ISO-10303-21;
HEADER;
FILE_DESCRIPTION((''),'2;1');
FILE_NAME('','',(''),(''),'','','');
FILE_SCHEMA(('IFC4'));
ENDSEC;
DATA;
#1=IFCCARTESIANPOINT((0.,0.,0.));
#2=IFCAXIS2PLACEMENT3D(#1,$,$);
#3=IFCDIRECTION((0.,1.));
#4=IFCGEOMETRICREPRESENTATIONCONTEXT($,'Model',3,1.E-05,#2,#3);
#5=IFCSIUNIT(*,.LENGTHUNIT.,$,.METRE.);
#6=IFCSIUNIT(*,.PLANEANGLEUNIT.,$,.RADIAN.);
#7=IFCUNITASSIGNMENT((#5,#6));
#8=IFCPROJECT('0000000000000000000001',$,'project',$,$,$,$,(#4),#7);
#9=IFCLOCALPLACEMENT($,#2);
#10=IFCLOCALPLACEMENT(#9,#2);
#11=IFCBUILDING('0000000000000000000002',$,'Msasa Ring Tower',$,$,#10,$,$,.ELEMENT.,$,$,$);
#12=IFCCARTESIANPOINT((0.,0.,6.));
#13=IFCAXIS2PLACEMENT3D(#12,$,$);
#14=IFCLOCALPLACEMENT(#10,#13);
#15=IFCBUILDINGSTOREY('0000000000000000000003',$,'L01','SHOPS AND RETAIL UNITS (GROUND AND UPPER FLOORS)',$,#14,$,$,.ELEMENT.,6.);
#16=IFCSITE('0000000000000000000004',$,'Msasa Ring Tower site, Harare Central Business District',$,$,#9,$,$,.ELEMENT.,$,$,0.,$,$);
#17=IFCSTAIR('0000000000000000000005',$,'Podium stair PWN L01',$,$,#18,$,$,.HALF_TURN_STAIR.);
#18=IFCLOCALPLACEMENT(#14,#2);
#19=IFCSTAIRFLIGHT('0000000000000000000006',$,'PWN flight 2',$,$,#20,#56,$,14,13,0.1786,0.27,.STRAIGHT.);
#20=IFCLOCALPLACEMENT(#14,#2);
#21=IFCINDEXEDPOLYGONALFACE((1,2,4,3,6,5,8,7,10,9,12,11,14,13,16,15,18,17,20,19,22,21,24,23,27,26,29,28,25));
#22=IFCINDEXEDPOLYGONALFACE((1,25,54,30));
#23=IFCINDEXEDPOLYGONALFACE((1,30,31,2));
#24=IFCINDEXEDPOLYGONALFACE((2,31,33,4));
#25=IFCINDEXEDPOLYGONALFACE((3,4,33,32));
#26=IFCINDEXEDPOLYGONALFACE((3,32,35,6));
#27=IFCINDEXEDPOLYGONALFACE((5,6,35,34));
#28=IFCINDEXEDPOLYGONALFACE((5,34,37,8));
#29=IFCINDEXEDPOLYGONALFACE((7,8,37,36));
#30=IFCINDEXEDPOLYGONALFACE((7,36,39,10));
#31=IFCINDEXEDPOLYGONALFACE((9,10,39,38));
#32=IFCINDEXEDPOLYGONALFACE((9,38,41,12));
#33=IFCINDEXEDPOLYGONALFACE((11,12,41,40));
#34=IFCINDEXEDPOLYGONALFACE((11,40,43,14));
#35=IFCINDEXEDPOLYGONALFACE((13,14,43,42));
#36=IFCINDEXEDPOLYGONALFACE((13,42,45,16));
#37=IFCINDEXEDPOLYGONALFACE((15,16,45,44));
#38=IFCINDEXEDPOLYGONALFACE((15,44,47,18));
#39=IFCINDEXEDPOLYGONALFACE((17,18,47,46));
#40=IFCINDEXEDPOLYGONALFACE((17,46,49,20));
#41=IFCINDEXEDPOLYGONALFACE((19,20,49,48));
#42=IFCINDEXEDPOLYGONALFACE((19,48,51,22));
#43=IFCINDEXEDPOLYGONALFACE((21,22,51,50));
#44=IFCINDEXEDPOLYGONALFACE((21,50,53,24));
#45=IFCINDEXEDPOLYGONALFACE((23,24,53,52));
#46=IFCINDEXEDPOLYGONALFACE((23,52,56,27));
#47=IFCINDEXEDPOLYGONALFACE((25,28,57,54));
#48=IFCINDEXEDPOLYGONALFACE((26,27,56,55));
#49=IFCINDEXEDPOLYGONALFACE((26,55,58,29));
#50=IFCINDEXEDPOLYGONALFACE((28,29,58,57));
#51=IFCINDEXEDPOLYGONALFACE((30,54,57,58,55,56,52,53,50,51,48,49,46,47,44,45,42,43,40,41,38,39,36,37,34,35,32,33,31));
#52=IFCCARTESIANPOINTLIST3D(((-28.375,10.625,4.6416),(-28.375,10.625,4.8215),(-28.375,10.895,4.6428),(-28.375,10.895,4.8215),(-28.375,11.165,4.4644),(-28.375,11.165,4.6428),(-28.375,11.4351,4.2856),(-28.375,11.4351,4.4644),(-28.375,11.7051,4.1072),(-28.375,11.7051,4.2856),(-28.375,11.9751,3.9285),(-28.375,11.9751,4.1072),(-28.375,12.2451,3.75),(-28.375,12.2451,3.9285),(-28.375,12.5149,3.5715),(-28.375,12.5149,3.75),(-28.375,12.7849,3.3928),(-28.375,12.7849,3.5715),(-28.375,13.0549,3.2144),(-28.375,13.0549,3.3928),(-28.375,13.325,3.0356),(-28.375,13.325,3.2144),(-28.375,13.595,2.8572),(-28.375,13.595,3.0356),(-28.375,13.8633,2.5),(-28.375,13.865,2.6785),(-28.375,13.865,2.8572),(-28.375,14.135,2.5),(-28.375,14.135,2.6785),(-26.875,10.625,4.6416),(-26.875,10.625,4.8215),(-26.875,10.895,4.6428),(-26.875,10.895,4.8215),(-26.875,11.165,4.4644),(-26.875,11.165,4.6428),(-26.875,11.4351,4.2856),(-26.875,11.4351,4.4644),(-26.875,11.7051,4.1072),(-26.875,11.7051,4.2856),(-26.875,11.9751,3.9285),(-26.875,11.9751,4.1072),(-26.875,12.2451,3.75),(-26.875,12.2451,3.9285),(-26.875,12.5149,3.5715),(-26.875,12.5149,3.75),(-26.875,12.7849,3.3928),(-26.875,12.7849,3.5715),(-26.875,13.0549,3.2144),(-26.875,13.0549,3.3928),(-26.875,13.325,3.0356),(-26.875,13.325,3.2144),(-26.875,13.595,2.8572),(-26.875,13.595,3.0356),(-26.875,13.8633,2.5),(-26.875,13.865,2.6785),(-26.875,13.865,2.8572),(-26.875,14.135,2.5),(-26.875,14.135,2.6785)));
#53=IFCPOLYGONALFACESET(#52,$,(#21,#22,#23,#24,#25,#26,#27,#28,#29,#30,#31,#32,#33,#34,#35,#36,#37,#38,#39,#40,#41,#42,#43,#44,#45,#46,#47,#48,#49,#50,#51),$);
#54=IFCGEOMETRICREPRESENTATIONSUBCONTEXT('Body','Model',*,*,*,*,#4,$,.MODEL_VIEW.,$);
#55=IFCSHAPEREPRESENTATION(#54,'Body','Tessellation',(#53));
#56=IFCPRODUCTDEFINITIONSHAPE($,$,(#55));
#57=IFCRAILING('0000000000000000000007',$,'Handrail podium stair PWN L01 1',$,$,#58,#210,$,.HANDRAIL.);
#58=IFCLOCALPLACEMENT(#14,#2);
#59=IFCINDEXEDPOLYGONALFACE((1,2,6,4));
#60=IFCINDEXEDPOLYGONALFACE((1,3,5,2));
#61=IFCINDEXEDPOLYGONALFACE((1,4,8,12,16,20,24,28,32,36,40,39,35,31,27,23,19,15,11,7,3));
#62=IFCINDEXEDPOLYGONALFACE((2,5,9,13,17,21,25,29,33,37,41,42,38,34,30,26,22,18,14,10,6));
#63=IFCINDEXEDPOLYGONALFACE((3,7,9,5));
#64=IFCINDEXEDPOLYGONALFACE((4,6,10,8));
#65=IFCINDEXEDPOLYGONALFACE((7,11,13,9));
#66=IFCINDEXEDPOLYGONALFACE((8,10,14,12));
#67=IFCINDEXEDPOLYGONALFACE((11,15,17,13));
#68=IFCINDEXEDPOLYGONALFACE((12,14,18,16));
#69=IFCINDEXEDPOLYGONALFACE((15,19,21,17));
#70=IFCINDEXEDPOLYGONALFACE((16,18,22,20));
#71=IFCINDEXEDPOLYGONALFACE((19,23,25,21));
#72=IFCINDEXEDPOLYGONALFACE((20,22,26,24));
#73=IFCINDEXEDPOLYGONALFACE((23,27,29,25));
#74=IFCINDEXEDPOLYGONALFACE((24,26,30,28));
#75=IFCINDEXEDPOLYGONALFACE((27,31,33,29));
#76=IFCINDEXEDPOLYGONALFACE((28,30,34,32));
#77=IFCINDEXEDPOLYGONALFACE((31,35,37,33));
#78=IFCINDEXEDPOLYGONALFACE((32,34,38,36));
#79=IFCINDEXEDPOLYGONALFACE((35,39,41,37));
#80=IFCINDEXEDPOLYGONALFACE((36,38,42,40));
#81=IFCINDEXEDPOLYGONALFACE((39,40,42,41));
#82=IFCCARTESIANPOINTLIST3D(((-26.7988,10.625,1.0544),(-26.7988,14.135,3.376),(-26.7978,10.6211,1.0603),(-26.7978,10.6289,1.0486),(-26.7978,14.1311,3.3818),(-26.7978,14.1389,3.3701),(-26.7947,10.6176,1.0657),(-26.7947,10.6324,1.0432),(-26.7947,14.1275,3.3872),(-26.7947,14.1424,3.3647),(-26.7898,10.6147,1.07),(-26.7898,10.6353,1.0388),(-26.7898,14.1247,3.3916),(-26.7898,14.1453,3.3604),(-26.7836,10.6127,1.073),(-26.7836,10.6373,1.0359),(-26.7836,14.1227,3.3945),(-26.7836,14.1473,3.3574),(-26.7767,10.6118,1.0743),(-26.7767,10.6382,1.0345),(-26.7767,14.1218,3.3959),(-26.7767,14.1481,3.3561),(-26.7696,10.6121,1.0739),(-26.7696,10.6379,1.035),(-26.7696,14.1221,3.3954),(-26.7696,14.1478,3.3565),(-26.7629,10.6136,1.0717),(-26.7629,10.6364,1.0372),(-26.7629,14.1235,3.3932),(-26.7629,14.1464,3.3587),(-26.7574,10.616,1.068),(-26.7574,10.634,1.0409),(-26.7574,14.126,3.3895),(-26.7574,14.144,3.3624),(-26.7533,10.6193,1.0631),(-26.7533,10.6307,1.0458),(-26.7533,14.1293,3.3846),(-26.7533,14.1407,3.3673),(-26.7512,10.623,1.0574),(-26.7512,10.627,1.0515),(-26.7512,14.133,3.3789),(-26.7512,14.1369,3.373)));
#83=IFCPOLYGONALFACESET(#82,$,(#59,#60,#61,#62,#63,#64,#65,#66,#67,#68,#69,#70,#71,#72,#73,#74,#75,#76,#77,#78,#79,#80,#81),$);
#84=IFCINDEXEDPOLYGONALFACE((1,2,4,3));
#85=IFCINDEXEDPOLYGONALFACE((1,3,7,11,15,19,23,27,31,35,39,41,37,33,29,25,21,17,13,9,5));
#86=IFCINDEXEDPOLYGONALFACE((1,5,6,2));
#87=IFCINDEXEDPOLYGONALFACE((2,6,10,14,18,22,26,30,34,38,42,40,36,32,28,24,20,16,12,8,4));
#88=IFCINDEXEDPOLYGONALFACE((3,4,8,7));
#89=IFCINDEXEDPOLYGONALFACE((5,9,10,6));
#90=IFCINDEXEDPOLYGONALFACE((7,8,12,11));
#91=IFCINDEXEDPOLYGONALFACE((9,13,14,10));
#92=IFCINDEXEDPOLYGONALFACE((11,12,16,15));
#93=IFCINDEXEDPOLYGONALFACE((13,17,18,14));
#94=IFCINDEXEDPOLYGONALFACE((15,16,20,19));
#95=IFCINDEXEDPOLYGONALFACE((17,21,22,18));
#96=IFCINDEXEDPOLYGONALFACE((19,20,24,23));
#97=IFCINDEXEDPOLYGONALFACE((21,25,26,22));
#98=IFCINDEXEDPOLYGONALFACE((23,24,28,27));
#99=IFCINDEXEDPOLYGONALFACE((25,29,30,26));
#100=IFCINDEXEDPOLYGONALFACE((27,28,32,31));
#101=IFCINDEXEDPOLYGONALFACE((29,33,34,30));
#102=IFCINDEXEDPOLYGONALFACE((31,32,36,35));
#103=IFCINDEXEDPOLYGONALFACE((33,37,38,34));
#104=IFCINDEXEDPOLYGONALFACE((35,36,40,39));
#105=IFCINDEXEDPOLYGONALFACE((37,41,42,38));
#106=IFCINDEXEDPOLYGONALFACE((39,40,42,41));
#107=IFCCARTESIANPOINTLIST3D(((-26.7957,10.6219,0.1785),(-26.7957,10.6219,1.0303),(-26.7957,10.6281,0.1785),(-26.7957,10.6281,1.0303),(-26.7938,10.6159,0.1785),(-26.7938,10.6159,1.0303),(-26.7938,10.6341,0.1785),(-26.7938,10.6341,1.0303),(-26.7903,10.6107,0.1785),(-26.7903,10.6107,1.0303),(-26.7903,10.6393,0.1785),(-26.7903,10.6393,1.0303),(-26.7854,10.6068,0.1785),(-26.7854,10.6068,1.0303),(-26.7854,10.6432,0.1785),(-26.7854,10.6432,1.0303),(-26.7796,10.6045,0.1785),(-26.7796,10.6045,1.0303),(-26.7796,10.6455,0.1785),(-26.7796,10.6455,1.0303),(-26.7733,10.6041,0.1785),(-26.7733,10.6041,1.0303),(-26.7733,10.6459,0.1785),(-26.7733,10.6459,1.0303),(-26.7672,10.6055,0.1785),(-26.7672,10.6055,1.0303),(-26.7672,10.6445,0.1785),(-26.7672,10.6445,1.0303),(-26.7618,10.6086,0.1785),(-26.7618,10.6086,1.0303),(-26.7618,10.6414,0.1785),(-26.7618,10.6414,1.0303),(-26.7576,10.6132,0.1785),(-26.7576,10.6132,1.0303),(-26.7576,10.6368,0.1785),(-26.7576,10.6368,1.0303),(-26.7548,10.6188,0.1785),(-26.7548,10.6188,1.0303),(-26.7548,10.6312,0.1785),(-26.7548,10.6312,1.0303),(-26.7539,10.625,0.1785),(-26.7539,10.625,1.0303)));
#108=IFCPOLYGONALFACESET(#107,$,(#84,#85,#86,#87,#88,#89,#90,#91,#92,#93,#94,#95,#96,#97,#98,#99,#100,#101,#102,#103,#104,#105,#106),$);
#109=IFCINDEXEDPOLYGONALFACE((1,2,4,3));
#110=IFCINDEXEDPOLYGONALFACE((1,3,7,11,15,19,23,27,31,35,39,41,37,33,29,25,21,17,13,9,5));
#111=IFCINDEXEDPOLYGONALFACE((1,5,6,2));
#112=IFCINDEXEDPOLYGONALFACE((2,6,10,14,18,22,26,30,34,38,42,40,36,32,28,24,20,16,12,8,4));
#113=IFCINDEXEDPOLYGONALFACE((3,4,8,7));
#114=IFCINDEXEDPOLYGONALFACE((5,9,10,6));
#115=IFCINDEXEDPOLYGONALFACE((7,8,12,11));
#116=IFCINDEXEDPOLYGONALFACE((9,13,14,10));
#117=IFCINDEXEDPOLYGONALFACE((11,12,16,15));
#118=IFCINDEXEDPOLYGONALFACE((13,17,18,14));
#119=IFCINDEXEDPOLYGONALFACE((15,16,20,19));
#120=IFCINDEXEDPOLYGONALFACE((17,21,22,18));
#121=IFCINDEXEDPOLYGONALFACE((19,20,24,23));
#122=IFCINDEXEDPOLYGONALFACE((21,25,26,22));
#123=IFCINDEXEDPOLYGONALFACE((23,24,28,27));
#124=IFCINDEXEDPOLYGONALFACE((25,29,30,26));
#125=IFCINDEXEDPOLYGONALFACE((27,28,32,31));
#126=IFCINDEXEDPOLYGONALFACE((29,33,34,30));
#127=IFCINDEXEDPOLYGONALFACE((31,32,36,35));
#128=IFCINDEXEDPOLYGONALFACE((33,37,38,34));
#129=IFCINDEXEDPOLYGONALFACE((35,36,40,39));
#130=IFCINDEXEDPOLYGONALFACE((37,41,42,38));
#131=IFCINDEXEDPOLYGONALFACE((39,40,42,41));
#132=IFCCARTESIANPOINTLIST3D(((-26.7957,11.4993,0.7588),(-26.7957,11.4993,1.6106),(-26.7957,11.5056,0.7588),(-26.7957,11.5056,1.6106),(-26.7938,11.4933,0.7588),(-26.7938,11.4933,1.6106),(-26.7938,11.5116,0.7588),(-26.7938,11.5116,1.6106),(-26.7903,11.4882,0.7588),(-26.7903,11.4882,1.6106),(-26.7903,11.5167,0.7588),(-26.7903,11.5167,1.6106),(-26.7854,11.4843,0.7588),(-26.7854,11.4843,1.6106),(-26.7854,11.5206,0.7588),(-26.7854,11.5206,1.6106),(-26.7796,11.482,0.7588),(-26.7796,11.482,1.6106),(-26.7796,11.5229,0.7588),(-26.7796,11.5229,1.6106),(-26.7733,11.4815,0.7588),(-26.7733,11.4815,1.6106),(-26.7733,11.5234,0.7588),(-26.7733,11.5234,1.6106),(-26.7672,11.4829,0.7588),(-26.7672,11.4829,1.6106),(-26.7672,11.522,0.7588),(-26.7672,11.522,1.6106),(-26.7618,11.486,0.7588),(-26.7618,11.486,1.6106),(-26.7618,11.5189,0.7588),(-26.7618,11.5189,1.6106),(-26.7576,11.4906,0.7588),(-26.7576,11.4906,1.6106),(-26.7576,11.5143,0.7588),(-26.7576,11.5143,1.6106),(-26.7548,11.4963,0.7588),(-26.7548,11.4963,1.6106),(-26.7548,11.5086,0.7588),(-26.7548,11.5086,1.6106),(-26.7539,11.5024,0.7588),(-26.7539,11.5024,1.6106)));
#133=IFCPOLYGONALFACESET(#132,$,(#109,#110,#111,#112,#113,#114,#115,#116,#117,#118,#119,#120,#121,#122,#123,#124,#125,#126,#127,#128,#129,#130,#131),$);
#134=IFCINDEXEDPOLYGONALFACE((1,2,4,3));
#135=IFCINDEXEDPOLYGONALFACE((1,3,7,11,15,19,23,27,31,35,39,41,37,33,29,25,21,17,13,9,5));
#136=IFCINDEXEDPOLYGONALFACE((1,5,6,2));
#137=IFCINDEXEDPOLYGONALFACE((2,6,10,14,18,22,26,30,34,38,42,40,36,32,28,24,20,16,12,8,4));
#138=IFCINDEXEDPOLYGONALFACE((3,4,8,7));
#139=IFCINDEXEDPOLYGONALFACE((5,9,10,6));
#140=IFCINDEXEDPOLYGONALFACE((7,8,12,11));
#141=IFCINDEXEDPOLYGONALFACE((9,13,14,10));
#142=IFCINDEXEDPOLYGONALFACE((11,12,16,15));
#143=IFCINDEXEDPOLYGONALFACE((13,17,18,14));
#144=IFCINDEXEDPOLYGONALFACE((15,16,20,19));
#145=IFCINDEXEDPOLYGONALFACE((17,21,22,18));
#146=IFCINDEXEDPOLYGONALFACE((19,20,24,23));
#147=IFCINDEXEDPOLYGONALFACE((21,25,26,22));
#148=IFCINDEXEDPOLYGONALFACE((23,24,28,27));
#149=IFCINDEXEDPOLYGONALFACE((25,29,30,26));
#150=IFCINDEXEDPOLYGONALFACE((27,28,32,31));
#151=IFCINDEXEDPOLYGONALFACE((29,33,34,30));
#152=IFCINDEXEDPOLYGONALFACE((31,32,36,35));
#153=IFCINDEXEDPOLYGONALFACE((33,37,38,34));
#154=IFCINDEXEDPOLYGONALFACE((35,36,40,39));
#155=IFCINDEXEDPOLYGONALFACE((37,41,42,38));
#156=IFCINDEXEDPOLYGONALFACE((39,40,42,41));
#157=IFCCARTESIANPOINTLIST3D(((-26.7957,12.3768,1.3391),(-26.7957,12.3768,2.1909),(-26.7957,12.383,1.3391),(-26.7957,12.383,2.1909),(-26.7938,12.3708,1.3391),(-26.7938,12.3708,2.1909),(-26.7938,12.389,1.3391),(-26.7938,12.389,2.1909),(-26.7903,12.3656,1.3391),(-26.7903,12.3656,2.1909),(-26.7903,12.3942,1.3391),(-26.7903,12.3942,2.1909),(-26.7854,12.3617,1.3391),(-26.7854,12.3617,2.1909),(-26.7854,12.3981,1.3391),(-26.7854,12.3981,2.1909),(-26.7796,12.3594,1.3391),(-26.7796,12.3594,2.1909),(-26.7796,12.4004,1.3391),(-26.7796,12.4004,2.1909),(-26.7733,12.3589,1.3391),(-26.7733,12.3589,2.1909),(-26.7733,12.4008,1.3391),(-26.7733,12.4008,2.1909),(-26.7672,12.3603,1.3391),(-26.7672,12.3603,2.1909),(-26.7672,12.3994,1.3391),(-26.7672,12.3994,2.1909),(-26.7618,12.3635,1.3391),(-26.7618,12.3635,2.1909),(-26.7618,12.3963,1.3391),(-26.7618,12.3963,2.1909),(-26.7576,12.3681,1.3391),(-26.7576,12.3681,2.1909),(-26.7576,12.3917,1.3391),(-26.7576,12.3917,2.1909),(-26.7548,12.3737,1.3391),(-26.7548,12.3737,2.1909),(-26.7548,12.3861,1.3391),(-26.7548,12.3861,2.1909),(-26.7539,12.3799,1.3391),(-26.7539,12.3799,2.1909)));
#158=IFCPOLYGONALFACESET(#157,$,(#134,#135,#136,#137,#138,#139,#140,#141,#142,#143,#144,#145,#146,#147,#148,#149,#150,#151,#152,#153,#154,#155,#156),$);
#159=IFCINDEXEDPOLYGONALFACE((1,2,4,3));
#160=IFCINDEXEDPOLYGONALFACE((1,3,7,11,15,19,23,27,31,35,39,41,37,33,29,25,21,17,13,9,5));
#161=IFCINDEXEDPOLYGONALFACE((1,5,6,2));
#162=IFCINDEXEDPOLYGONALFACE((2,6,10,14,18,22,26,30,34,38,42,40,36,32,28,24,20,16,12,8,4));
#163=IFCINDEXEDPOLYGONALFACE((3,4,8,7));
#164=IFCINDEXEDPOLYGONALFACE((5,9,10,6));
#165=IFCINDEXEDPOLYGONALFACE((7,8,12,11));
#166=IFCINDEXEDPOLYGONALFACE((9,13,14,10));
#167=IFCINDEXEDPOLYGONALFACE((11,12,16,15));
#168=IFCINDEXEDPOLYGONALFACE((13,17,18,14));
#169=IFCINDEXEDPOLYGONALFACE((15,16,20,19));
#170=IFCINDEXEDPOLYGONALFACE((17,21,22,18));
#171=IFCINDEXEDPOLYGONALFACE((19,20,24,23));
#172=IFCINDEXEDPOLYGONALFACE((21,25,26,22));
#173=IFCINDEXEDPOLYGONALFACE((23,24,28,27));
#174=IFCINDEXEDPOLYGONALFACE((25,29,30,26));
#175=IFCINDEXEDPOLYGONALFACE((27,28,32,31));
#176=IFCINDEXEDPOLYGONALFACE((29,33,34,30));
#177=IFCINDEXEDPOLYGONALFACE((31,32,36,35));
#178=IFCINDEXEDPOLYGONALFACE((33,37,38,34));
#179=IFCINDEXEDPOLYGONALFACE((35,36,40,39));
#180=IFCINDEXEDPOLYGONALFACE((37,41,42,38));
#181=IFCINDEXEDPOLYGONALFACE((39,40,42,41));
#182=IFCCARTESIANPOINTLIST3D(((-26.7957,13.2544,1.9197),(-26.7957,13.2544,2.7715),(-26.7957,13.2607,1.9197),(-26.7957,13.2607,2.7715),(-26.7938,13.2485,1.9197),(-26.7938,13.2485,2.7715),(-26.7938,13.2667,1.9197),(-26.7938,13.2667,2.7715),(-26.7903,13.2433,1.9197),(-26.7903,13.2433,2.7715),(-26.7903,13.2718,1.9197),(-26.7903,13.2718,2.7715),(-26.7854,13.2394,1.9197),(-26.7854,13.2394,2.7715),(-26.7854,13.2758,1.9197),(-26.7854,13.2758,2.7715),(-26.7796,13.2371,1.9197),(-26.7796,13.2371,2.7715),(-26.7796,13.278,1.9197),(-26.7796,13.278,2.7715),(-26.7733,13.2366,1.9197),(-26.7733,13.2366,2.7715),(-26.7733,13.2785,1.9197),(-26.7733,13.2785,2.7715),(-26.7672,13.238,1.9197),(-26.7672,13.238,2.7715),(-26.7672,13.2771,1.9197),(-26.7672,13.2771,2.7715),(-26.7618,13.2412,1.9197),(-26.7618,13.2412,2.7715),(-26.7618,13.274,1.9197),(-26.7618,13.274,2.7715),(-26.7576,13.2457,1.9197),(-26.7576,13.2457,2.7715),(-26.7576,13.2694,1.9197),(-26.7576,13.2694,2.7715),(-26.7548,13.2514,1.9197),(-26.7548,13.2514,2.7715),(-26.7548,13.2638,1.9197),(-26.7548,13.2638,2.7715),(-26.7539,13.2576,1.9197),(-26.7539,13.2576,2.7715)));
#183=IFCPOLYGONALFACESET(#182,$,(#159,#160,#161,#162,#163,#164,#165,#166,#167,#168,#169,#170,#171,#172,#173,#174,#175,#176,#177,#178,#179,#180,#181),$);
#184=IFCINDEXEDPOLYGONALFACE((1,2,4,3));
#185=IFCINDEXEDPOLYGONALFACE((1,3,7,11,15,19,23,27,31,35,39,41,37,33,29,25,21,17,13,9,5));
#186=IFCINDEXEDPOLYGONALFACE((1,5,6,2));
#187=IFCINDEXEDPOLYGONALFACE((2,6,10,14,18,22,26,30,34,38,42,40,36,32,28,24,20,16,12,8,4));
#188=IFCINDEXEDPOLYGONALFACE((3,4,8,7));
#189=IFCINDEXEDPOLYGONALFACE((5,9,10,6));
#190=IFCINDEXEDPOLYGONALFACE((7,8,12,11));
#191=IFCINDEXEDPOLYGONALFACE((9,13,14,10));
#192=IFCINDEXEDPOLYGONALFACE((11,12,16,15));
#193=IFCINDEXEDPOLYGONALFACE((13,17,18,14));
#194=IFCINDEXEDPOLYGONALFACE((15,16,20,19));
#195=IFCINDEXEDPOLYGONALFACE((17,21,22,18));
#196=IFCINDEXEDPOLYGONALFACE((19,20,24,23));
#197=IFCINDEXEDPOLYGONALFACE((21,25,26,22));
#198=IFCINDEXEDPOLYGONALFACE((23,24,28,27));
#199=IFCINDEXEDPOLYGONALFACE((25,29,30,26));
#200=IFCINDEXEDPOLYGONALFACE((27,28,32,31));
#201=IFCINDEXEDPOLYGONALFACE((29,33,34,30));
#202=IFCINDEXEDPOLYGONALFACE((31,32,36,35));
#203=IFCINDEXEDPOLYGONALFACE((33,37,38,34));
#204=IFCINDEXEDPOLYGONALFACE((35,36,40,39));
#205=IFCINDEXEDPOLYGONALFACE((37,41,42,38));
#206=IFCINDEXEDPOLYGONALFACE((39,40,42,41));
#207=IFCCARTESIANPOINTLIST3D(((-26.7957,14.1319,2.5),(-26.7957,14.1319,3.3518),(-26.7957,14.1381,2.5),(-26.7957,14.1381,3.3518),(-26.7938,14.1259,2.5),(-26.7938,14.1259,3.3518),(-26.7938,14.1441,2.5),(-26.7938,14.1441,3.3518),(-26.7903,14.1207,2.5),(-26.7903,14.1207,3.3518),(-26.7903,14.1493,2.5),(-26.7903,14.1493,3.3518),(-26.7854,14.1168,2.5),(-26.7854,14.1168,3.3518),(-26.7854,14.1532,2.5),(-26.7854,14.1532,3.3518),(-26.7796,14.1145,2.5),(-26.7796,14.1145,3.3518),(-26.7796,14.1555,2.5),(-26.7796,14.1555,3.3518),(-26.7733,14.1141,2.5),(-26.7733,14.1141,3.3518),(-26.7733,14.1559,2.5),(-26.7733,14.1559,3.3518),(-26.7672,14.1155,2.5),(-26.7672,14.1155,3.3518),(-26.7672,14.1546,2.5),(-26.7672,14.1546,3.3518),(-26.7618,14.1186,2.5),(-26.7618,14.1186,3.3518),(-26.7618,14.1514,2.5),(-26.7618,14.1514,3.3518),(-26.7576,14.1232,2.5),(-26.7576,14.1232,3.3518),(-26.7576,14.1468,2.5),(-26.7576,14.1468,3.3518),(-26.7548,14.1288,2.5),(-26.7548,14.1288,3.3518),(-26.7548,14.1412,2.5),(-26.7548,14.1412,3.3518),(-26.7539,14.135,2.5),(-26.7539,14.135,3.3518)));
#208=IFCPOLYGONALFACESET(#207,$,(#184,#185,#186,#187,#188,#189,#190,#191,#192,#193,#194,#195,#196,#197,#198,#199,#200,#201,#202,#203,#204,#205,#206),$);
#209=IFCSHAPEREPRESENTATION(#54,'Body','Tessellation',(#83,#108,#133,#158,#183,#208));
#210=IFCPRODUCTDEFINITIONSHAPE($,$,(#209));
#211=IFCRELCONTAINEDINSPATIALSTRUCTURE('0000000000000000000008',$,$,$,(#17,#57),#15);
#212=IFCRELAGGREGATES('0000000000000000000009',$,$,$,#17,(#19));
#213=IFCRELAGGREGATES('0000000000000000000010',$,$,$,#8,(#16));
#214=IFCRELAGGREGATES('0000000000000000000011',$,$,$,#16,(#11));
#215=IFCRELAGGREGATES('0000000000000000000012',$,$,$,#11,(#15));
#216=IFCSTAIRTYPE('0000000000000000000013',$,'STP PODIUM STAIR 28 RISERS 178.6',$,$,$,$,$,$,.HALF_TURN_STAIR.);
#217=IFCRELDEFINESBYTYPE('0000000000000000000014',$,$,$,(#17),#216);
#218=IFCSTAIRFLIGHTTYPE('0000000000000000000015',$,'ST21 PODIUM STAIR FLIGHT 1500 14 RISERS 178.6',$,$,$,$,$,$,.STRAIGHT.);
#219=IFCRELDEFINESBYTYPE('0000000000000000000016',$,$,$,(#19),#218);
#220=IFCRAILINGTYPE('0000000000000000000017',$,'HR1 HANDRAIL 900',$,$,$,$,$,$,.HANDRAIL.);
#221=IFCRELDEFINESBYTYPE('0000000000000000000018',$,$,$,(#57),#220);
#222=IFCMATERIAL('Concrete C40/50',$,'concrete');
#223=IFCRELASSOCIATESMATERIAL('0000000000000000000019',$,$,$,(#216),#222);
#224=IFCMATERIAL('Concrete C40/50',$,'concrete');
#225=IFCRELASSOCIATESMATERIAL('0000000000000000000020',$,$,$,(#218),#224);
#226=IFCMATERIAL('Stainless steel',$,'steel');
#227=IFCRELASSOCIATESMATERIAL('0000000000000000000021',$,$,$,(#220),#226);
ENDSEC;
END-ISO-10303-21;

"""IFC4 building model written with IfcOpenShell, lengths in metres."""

from ifc_helpers import new_model, si_unit, direction, frame, origin, origin_2d, place, context, subcontext, project, spatial, polyline, circle, outline, extrude, material, type_object, element, aggregate, save


model = new_model("IFC4")

# Units and contexts
model_context = context("Model", 3, precision=1e-05, world=origin(), true_north=direction((0.0, 1.0)))
body_context = subcontext(model_context, "Body", "Model", "MODEL_VIEW")
ifc_project = project(units=[si_unit("LENGTHUNIT", "METRE"), si_unit("PLANEANGLEUNIT", "RADIAN")], contexts=[model_context])

# Site, building, storey
site_placement = place(None, origin())
site = spatial("IfcSite", under=ifc_project, at=site_placement, Name="Msasa Ring Tower site, Harare Central Business District", CompositionType="ELEMENT", RefElevation=0.0)
building_placement = place(site_placement, origin())
building = spatial("IfcBuilding", under=site, at=building_placement, Name="Msasa Ring Tower", CompositionType="ELEMENT")
storey_placement = place(building_placement, frame((0.0, 0.0, 6.0)))
storey = spatial("IfcBuildingStorey", under=building, at=storey_placement, Name="L01", Description="SHOPS AND RETAIL UNITS (GROUND AND UPPER FLOORS)", CompositionType="ELEMENT", Elevation=6.0)

# Stair, stair flight
ifc_material_1 = material(Name="Concrete C40/50", Category="concrete")
stair_type = type_object("IfcStairType", Name="STP PODIUM STAIR 28 RISERS 178.6", PredefinedType="HALF_TURN_STAIR", material=ifc_material_1)
stair_placement = place(storey_placement, origin())
stair = element("IfcStair", 1, at=stair_placement, inside=storey, type_object=stair_type, Name="Podium stair PWN L01", PredefinedType="HALF_TURN_STAIR")
ifc_material_2 = material(Name="Concrete C40/50", Category="concrete")
stair_flight_type = type_object("IfcStairFlightType", Name="ST21 PODIUM STAIR FLIGHT 1500 14 RISERS 178.6", PredefinedType="STRAIGHT", material=ifc_material_2)
stair_flight_1_placement = place(storey_placement, frame((-27.625, 14.135, 2.5), z_axis=(0.0, 0.0, 1.0), x_axis=(0.0, -1.0, 0.0)))
stair_flight_1 = element("IfcStairFlight", 2, at=stair_flight_1_placement, type_object=stair_flight_type, Name="PWN flight 2", NumberOfRisers=14, NumberOfTreads=13, PredefinedType="STRAIGHT", RiserHeight=0.1786, TreadLength=0.27, context=body_context, shape_type="SweptSolid", body=[
    extrude(outline(polyline([(0.0, 0.0), (0.0, 0.1785), (0.27, 0.1785), (0.27, 0.3572), (0.54, 0.3572), (0.54, 0.5356), (0.8101, 0.5356), (0.8101, 0.7144), (1.0801, 0.7144), (1.0801, 0.8928), (1.3501, 0.8928), (1.3501, 1.0715), (1.6201, 1.0715), (1.6201, 1.25), (1.8899, 1.25), (1.8899, 1.4285), (2.1599, 1.4285), (2.1599, 1.6072), (2.4299, 1.6072), (2.4299, 1.7856), (2.7, 1.7856), (2.7, 1.9644), (2.97, 1.9644), (2.97, 2.1428), (3.24, 2.1428), (3.24, 2.3215), (3.51, 2.3215), (3.51, 2.5), (3.51, 2.1416), (0.2717, 0.0), (0.0, 0.0)])), frame((0.0, 0.75, 0.0), z_axis=(0.0, -1.0, 0.0), x_axis=(1.0, 0.0, 0.0)), (0.0, 0.0, 1.0), 1.5),
])
aggregate(stair, [stair_flight_1])

# Railing
ifc_material_3 = material(Name="Stainless steel", Category="steel")
railing_type = type_object("IfcRailingType", Name="HR1 HANDRAIL 900", PredefinedType="HANDRAIL", material=ifc_material_3)
for number, where, name in (
    (3, (-26.7749, 10.625, 0.1785), "Handrail podium stair PWN L01 1"),
):
    element("IfcRailing", number, at=place(storey_placement, frame(where)), inside=storey, type_object=railing_type, Name=name, PredefinedType="HANDRAIL", context=body_context, shape_type="SweptSolid", body=[
        extrude(circle(Radius=0.0239, at=origin_2d()), frame((0.0, 0.0, 0.876), z_axis=(0.0, 0.834071, 0.551657), x_axis=(-1.0, 0.0, 0.0)), (0.0, 0.0, 1.0), 4.2083),
        extrude(circle(Radius=0.021, at=origin_2d()), origin(), (0.0, 0.0, 1.0), 0.8518),
        extrude(circle(Radius=0.021, at=origin_2d()), frame((0.0, 0.8774, 0.5803)), (0.0, 0.0, 1.0), 0.8518),
        extrude(circle(Radius=0.021, at=origin_2d()), frame((0.0, 1.7549, 1.1606)), (0.0, 0.0, 1.0), 0.8518),
        extrude(circle(Radius=0.021, at=origin_2d()), frame((0.0, 2.6326, 1.7412)), (0.0, 0.0, 1.0), 0.8518),
        extrude(circle(Radius=0.021, at=origin_2d()), frame((0.0, 3.51, 2.3215)), (0.0, 0.0, 1.0), 0.8518),
    ])

save(model, "model.ifc")
